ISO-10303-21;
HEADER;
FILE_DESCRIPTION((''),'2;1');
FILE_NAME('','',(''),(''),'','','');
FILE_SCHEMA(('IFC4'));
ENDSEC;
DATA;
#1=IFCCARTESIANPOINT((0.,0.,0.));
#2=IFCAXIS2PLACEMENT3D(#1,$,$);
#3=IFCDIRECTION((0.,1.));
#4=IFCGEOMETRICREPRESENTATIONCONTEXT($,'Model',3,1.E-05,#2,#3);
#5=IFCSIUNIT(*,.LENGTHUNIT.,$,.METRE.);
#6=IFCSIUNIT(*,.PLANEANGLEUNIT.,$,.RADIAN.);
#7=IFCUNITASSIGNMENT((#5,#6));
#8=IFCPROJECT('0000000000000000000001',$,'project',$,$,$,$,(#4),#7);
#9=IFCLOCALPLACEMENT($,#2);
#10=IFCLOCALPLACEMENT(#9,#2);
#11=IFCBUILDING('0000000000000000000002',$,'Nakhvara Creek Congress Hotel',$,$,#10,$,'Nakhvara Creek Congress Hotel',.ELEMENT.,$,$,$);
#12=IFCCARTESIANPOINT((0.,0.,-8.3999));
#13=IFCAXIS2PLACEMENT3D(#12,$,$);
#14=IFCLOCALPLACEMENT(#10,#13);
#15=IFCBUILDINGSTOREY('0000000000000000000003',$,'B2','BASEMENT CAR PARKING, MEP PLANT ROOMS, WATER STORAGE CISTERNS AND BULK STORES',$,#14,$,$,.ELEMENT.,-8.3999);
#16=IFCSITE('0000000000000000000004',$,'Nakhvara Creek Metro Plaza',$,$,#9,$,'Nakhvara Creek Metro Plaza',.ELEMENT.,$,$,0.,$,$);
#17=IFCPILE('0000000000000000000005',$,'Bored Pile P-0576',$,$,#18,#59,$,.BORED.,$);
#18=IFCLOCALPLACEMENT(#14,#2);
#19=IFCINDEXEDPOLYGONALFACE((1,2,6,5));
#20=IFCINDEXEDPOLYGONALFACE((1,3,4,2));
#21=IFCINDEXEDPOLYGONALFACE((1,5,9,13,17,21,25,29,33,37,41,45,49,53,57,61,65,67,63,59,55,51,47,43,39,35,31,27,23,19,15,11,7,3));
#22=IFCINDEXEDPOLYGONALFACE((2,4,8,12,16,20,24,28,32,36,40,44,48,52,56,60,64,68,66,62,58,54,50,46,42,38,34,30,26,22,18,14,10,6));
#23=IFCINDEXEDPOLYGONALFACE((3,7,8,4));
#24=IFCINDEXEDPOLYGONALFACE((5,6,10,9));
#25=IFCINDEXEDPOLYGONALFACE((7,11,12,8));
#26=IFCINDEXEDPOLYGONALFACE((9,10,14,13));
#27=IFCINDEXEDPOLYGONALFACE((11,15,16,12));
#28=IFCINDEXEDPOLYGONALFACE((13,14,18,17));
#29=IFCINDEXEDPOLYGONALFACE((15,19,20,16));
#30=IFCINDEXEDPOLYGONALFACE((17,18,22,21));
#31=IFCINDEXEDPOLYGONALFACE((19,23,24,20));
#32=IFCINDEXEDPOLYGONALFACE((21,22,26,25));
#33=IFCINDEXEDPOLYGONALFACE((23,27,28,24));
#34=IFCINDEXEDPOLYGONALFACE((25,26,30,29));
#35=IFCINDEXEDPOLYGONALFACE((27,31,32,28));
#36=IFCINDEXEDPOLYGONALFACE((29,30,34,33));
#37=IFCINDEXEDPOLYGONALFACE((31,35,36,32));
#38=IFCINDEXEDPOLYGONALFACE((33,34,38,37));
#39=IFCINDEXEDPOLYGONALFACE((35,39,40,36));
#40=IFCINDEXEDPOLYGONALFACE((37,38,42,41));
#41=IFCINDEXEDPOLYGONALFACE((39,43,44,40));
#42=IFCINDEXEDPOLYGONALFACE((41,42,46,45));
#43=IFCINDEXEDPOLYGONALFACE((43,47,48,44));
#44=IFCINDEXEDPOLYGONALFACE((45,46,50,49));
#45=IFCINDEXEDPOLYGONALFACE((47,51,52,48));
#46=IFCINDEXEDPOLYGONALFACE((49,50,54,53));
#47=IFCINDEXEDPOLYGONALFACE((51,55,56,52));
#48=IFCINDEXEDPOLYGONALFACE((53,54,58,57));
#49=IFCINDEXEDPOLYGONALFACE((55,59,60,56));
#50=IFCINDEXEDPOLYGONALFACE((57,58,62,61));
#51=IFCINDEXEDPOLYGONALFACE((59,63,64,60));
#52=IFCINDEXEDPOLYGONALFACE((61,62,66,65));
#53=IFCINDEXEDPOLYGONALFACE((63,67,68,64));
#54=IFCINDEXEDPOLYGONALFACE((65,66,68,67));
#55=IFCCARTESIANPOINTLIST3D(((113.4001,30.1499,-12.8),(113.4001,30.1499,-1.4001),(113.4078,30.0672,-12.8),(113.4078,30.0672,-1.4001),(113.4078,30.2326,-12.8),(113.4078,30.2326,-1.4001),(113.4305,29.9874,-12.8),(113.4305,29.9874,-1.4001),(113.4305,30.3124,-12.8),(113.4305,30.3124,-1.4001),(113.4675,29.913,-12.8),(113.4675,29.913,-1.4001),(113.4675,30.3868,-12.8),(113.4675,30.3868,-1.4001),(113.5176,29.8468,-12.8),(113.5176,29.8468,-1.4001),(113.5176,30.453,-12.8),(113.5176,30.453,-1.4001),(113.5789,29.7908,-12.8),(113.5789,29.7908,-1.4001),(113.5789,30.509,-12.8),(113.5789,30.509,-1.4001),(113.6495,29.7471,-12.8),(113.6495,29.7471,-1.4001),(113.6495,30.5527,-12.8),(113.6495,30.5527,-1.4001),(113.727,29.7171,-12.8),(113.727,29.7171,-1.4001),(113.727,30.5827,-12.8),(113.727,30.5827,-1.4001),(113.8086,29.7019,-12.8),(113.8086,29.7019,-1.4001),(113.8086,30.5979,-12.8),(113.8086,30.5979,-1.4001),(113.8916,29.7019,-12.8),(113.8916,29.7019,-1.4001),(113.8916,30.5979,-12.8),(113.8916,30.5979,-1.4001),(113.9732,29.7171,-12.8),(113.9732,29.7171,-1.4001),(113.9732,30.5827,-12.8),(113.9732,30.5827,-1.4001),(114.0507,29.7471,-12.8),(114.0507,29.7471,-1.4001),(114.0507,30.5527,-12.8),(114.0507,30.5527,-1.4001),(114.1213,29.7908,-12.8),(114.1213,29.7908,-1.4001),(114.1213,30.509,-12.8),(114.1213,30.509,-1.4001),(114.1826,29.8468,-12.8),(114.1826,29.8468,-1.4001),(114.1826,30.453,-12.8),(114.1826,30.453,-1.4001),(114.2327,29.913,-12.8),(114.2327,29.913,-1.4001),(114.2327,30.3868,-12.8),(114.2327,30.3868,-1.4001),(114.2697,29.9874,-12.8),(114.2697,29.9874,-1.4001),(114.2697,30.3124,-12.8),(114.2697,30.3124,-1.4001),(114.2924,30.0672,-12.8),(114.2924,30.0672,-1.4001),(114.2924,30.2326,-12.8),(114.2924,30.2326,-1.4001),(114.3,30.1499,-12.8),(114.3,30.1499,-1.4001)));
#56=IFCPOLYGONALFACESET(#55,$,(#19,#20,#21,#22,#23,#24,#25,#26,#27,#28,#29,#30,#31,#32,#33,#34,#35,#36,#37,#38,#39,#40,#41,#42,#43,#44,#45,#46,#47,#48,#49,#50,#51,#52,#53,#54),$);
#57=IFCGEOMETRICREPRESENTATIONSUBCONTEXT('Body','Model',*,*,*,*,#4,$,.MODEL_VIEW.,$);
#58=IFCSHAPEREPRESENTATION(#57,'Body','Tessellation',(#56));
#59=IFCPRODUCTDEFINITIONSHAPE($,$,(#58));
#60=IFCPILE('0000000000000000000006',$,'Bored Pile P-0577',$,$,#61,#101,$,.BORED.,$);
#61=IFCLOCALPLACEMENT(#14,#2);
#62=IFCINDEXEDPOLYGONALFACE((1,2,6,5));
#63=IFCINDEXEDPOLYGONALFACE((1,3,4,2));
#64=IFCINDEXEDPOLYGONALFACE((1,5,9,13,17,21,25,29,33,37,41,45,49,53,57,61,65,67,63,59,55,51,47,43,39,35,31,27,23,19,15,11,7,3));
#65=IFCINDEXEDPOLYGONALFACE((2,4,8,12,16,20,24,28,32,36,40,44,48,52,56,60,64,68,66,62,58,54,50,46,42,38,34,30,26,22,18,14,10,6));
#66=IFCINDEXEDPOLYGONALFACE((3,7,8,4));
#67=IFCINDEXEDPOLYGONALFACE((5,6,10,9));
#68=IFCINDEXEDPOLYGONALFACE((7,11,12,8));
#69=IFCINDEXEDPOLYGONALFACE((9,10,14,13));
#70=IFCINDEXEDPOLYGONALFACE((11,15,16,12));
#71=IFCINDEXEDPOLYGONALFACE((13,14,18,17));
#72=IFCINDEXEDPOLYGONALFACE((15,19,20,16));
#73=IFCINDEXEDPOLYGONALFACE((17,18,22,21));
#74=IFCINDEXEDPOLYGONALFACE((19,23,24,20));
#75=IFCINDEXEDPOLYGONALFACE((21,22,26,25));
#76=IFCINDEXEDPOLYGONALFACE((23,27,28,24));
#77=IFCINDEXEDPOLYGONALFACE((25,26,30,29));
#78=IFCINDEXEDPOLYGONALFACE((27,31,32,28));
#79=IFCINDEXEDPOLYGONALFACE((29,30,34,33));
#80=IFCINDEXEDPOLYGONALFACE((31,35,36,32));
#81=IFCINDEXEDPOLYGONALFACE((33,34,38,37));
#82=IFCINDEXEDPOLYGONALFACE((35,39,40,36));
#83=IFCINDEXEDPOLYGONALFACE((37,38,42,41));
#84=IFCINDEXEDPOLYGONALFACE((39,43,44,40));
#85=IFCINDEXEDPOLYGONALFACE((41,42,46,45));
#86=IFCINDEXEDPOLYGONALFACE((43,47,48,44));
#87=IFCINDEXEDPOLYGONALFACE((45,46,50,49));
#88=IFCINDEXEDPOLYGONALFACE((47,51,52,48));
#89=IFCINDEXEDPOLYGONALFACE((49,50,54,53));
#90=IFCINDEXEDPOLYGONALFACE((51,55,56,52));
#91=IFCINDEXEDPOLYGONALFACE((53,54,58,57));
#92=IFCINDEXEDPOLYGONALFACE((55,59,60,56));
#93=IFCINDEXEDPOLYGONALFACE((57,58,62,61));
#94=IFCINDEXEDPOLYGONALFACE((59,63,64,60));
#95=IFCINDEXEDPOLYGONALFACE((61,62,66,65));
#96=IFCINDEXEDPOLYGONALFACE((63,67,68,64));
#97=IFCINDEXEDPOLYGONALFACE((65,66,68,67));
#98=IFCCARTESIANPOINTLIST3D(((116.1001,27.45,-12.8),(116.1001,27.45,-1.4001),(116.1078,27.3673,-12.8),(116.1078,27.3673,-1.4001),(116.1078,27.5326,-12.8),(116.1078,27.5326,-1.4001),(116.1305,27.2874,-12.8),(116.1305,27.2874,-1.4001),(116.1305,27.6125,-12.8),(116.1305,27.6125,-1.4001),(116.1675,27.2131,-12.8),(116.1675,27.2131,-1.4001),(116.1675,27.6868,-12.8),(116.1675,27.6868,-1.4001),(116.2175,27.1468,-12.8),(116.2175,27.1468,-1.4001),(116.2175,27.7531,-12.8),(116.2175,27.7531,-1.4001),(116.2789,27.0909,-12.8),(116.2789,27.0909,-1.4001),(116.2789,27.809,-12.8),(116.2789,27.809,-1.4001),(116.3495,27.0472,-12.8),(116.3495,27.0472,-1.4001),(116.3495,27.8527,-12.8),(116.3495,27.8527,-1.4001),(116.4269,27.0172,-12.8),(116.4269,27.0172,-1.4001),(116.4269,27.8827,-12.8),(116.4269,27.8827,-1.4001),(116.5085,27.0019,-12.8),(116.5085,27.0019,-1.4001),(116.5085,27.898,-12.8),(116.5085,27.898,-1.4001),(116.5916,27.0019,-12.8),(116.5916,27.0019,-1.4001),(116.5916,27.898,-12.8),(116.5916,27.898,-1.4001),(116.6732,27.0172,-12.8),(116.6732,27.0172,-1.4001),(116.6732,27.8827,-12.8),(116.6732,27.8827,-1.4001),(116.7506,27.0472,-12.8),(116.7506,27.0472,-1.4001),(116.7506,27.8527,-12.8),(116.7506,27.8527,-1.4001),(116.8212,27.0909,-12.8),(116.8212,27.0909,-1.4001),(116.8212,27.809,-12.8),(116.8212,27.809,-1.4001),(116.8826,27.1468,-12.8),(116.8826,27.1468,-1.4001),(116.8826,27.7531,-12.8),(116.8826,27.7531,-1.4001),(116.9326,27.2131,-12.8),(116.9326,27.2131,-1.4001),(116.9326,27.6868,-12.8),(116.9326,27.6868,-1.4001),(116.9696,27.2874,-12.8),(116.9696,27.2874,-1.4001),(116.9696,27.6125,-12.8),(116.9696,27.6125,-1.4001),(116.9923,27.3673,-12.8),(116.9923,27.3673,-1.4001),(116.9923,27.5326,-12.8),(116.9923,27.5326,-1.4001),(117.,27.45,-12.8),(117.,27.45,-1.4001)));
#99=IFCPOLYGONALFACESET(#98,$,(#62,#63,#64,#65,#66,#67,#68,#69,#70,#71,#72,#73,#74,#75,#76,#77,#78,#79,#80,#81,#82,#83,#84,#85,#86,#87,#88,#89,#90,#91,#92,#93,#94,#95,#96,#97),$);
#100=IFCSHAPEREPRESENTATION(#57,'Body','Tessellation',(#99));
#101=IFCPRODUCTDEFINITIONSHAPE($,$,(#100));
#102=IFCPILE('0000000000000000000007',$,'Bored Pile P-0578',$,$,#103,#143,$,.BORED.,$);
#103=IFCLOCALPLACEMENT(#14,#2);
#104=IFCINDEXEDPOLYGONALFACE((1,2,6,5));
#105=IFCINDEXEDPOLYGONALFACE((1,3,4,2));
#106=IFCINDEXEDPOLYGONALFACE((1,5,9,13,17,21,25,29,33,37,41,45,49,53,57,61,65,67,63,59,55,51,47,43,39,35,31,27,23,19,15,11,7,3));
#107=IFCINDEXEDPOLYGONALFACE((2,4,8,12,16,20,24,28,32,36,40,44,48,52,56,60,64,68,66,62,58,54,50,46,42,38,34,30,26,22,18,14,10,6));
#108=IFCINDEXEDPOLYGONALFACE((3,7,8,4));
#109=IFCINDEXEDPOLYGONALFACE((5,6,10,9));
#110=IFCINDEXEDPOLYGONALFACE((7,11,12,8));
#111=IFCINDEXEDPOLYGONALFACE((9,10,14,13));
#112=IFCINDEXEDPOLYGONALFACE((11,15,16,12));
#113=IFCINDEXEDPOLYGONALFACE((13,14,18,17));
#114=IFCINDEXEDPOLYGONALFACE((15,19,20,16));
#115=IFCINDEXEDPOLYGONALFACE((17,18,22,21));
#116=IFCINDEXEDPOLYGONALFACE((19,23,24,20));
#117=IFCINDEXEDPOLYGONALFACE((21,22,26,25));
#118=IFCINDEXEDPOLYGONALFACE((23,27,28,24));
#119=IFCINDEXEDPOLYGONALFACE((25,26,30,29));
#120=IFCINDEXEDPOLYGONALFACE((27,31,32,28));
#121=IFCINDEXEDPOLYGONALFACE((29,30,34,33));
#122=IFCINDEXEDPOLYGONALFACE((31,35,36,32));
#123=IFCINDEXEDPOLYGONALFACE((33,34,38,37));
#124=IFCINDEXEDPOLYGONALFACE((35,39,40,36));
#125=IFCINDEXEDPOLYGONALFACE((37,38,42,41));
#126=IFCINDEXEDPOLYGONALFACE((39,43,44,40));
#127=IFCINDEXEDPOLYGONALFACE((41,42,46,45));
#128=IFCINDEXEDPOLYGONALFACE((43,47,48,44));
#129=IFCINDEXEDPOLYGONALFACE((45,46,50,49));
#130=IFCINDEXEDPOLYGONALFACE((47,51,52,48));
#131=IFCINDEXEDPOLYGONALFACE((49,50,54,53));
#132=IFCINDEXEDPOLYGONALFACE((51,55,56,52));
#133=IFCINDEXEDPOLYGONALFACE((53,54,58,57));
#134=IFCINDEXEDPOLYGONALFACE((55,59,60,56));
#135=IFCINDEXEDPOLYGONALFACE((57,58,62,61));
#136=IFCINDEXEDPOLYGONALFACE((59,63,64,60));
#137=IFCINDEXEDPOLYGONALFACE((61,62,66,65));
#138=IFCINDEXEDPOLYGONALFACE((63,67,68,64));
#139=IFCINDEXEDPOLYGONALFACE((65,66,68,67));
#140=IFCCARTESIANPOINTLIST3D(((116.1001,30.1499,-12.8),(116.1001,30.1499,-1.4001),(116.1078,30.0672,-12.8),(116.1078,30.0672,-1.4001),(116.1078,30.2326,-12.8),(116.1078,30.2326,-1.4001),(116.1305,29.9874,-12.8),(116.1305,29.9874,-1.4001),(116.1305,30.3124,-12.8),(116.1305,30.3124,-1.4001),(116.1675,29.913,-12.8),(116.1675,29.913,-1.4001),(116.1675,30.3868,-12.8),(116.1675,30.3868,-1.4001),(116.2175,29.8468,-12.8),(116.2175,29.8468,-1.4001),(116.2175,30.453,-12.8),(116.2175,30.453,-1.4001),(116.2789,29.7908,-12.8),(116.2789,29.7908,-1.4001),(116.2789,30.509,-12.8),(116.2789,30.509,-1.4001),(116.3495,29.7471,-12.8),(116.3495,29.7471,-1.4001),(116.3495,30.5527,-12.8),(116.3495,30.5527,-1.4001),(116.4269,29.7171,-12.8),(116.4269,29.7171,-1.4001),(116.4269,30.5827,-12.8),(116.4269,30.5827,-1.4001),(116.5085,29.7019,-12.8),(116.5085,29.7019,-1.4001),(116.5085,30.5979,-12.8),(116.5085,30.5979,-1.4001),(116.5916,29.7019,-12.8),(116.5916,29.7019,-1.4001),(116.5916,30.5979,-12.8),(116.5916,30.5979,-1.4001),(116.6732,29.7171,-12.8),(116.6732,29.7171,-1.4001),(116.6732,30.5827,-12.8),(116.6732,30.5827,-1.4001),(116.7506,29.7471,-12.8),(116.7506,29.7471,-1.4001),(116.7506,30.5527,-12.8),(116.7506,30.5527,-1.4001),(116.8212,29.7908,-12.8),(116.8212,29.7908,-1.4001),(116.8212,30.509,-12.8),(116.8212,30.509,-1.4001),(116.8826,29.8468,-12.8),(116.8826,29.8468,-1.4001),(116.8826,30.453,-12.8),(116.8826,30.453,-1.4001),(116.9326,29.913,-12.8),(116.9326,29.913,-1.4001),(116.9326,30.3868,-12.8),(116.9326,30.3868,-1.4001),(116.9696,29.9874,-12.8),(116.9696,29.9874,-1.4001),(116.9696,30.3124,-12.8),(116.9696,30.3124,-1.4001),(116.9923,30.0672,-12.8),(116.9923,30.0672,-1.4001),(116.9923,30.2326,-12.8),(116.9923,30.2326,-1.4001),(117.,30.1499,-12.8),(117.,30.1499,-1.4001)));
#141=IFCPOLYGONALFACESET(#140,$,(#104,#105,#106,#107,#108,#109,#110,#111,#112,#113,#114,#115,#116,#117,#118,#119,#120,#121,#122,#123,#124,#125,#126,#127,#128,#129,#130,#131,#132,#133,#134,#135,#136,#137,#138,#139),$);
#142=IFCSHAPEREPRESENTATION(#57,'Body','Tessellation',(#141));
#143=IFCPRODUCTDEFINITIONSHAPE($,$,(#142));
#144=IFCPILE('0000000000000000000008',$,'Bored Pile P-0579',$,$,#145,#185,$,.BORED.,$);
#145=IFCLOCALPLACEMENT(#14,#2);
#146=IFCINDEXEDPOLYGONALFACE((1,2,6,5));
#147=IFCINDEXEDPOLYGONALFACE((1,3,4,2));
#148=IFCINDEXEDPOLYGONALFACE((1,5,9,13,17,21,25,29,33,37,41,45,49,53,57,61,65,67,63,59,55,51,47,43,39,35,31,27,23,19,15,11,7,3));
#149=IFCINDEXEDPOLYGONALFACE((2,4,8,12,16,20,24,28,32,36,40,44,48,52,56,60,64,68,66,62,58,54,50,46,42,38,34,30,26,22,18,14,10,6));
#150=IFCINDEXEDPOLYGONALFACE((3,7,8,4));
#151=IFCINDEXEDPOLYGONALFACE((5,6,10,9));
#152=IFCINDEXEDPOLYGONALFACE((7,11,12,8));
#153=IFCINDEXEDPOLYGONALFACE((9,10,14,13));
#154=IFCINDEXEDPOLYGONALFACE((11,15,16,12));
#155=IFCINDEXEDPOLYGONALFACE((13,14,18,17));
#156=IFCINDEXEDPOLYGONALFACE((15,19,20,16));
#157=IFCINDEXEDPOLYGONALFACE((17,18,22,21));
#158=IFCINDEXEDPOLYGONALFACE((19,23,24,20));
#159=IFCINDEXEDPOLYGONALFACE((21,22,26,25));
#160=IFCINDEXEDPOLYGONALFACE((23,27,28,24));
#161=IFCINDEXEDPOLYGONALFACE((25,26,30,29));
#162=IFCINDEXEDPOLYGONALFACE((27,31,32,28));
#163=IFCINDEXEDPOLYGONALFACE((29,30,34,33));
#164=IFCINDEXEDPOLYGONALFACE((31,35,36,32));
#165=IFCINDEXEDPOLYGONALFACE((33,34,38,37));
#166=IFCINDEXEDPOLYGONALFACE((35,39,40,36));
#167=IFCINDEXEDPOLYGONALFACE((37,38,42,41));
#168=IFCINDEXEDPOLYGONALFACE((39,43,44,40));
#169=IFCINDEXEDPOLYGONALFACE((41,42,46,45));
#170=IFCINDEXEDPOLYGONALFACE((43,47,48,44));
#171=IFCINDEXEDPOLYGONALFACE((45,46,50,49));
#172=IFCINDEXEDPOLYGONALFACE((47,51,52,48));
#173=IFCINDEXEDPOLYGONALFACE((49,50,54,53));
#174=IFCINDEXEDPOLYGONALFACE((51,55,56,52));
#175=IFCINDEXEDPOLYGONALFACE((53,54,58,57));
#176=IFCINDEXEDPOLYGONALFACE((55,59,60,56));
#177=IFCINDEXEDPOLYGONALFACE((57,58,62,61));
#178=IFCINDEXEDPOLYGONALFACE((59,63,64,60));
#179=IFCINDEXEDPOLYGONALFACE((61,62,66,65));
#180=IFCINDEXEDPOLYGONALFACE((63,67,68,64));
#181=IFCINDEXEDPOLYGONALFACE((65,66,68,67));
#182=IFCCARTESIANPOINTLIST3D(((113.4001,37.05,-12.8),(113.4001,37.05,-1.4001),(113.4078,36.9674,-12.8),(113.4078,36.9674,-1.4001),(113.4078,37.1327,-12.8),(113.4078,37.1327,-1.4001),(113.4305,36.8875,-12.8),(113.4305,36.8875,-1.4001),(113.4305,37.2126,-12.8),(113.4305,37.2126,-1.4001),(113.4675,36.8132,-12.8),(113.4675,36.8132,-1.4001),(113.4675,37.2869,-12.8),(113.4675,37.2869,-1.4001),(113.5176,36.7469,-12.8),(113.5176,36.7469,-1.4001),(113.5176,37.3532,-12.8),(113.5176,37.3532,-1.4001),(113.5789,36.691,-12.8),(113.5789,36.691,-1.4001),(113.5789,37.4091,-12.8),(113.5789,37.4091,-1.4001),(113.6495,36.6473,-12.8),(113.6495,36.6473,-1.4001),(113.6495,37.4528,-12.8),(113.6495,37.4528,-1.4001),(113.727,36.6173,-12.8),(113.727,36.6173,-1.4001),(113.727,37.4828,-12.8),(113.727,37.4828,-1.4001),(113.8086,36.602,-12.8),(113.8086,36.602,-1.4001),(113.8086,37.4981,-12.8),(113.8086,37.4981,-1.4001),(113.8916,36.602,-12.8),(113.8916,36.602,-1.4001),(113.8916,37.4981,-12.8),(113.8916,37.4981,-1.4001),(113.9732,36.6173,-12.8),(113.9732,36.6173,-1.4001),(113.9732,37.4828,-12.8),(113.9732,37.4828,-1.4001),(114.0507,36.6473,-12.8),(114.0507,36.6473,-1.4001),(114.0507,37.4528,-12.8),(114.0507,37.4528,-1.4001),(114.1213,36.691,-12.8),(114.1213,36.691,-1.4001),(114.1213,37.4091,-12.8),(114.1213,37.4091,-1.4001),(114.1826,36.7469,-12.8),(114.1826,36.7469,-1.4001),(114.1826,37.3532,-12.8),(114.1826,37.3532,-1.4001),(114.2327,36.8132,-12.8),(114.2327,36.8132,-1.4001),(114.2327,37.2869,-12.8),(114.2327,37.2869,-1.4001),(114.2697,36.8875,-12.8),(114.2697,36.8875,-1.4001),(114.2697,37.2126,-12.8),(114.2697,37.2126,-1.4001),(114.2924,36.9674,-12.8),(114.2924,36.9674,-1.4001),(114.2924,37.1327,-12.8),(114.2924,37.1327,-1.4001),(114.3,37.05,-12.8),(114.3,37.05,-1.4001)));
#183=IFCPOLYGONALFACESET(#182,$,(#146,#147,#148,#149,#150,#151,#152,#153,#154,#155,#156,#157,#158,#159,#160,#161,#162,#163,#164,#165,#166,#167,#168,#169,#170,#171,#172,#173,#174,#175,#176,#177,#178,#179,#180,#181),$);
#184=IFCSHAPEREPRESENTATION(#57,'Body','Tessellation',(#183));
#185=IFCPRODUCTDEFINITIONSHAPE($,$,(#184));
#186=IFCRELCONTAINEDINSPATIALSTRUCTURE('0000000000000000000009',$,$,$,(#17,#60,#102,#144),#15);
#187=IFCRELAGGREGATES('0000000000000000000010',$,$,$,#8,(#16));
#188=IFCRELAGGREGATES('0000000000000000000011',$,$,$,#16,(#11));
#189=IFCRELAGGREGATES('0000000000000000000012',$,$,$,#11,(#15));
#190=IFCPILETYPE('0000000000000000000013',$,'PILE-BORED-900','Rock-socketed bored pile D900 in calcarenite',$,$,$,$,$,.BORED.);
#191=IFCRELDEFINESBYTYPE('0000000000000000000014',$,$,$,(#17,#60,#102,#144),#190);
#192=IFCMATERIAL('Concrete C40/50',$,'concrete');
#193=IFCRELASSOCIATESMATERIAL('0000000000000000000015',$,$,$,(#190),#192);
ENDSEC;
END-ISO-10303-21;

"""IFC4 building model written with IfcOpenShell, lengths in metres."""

from ifc_helpers import new_model, si_unit, direction, frame, origin, origin_2d, place, context, subcontext, project, spatial, circle, extrude, material, material_profile, profile_set, type_object, element, save


model = new_model("IFC4")

# Units and contexts
model_context = context("Model", 3, precision=1e-05, world=origin(), true_north=direction((0.0, 1.0)))
body_context = subcontext(model_context, "Body", "Model", "MODEL_VIEW")
ifc_project = project(units=[si_unit("LENGTHUNIT", "METRE"), si_unit("PLANEANGLEUNIT", "RADIAN")], contexts=[model_context])

# Site, building, storey
site_placement = place(None, origin())
site = spatial("IfcSite", under=ifc_project, at=site_placement, Name="Nakhvara Creek Metro Plaza", LongName="Nakhvara Creek Metro Plaza", CompositionType="ELEMENT", RefElevation=0.0)
building_placement = place(site_placement, origin())
building = spatial("IfcBuilding", under=site, at=building_placement, Name="Nakhvara Creek Congress Hotel", LongName="Nakhvara Creek Congress Hotel", CompositionType="ELEMENT")
storey_placement = place(building_placement, frame((0.0, 0.0, -8.3999)))
storey = spatial("IfcBuildingStorey", under=building, at=storey_placement, Name="B2", Description="BASEMENT CAR PARKING, MEP PLANT ROOMS, WATER STORAGE CISTERNS AND BULK STORES", CompositionType="ELEMENT", Elevation=-8.3999)

# Shared definitions
ifc_material_1 = material(Name="Concrete C40/50", Category="concrete")

# Piles
ifc_material_profile_1 = material_profile(ifc_material_1, circle(Radius=0.45, at=origin_2d()), Name="BORED PILE D900", Category="LoadBearing")
ifc_profile_set_1 = profile_set([ifc_material_profile_1], Name="Concrete C40/50")
pile_type = type_object("IfcPileType", Name="PILE-BORED-900", Description="Rock-socketed bored pile D900 in calcarenite", PredefinedType="BORED", material=ifc_profile_set_1)
for number, where, z_axis, x_axis, name in (
    (1, (113.8501, 30.1499, -1.4001), (0.0, 0.0, -1.0), (1.0, 0.0, 0.0), "Bored Pile P-0576"),
    (2, (116.55, 27.45, -1.4001), (0.0, 0.0, -1.0), (1.0, 0.0, 0.0), "Bored Pile P-0577"),
    (3, (116.55, 30.1499, -1.4001), (0.0, 0.0, -1.0), (1.0, 0.0, 0.0), "Bored Pile P-0578"),
    (4, (113.8501, 37.05, -1.4001), (0.0, 0.0, -1.0), (1.0, 0.0, 0.0), "Bored Pile P-0579"),
):
    element("IfcPile", number, at=place(storey_placement, frame(where, z_axis=z_axis, x_axis=x_axis)), inside=storey, type_object=pile_type, Name=name, PredefinedType="BORED", context=body_context, shape_type="SweptSolid", body=[
        extrude(circle(Radius=0.45, at=origin_2d()), origin(), (0.0, 0.0, 1.0), 11.3999),
    ])

save(model, "model.ifc")
